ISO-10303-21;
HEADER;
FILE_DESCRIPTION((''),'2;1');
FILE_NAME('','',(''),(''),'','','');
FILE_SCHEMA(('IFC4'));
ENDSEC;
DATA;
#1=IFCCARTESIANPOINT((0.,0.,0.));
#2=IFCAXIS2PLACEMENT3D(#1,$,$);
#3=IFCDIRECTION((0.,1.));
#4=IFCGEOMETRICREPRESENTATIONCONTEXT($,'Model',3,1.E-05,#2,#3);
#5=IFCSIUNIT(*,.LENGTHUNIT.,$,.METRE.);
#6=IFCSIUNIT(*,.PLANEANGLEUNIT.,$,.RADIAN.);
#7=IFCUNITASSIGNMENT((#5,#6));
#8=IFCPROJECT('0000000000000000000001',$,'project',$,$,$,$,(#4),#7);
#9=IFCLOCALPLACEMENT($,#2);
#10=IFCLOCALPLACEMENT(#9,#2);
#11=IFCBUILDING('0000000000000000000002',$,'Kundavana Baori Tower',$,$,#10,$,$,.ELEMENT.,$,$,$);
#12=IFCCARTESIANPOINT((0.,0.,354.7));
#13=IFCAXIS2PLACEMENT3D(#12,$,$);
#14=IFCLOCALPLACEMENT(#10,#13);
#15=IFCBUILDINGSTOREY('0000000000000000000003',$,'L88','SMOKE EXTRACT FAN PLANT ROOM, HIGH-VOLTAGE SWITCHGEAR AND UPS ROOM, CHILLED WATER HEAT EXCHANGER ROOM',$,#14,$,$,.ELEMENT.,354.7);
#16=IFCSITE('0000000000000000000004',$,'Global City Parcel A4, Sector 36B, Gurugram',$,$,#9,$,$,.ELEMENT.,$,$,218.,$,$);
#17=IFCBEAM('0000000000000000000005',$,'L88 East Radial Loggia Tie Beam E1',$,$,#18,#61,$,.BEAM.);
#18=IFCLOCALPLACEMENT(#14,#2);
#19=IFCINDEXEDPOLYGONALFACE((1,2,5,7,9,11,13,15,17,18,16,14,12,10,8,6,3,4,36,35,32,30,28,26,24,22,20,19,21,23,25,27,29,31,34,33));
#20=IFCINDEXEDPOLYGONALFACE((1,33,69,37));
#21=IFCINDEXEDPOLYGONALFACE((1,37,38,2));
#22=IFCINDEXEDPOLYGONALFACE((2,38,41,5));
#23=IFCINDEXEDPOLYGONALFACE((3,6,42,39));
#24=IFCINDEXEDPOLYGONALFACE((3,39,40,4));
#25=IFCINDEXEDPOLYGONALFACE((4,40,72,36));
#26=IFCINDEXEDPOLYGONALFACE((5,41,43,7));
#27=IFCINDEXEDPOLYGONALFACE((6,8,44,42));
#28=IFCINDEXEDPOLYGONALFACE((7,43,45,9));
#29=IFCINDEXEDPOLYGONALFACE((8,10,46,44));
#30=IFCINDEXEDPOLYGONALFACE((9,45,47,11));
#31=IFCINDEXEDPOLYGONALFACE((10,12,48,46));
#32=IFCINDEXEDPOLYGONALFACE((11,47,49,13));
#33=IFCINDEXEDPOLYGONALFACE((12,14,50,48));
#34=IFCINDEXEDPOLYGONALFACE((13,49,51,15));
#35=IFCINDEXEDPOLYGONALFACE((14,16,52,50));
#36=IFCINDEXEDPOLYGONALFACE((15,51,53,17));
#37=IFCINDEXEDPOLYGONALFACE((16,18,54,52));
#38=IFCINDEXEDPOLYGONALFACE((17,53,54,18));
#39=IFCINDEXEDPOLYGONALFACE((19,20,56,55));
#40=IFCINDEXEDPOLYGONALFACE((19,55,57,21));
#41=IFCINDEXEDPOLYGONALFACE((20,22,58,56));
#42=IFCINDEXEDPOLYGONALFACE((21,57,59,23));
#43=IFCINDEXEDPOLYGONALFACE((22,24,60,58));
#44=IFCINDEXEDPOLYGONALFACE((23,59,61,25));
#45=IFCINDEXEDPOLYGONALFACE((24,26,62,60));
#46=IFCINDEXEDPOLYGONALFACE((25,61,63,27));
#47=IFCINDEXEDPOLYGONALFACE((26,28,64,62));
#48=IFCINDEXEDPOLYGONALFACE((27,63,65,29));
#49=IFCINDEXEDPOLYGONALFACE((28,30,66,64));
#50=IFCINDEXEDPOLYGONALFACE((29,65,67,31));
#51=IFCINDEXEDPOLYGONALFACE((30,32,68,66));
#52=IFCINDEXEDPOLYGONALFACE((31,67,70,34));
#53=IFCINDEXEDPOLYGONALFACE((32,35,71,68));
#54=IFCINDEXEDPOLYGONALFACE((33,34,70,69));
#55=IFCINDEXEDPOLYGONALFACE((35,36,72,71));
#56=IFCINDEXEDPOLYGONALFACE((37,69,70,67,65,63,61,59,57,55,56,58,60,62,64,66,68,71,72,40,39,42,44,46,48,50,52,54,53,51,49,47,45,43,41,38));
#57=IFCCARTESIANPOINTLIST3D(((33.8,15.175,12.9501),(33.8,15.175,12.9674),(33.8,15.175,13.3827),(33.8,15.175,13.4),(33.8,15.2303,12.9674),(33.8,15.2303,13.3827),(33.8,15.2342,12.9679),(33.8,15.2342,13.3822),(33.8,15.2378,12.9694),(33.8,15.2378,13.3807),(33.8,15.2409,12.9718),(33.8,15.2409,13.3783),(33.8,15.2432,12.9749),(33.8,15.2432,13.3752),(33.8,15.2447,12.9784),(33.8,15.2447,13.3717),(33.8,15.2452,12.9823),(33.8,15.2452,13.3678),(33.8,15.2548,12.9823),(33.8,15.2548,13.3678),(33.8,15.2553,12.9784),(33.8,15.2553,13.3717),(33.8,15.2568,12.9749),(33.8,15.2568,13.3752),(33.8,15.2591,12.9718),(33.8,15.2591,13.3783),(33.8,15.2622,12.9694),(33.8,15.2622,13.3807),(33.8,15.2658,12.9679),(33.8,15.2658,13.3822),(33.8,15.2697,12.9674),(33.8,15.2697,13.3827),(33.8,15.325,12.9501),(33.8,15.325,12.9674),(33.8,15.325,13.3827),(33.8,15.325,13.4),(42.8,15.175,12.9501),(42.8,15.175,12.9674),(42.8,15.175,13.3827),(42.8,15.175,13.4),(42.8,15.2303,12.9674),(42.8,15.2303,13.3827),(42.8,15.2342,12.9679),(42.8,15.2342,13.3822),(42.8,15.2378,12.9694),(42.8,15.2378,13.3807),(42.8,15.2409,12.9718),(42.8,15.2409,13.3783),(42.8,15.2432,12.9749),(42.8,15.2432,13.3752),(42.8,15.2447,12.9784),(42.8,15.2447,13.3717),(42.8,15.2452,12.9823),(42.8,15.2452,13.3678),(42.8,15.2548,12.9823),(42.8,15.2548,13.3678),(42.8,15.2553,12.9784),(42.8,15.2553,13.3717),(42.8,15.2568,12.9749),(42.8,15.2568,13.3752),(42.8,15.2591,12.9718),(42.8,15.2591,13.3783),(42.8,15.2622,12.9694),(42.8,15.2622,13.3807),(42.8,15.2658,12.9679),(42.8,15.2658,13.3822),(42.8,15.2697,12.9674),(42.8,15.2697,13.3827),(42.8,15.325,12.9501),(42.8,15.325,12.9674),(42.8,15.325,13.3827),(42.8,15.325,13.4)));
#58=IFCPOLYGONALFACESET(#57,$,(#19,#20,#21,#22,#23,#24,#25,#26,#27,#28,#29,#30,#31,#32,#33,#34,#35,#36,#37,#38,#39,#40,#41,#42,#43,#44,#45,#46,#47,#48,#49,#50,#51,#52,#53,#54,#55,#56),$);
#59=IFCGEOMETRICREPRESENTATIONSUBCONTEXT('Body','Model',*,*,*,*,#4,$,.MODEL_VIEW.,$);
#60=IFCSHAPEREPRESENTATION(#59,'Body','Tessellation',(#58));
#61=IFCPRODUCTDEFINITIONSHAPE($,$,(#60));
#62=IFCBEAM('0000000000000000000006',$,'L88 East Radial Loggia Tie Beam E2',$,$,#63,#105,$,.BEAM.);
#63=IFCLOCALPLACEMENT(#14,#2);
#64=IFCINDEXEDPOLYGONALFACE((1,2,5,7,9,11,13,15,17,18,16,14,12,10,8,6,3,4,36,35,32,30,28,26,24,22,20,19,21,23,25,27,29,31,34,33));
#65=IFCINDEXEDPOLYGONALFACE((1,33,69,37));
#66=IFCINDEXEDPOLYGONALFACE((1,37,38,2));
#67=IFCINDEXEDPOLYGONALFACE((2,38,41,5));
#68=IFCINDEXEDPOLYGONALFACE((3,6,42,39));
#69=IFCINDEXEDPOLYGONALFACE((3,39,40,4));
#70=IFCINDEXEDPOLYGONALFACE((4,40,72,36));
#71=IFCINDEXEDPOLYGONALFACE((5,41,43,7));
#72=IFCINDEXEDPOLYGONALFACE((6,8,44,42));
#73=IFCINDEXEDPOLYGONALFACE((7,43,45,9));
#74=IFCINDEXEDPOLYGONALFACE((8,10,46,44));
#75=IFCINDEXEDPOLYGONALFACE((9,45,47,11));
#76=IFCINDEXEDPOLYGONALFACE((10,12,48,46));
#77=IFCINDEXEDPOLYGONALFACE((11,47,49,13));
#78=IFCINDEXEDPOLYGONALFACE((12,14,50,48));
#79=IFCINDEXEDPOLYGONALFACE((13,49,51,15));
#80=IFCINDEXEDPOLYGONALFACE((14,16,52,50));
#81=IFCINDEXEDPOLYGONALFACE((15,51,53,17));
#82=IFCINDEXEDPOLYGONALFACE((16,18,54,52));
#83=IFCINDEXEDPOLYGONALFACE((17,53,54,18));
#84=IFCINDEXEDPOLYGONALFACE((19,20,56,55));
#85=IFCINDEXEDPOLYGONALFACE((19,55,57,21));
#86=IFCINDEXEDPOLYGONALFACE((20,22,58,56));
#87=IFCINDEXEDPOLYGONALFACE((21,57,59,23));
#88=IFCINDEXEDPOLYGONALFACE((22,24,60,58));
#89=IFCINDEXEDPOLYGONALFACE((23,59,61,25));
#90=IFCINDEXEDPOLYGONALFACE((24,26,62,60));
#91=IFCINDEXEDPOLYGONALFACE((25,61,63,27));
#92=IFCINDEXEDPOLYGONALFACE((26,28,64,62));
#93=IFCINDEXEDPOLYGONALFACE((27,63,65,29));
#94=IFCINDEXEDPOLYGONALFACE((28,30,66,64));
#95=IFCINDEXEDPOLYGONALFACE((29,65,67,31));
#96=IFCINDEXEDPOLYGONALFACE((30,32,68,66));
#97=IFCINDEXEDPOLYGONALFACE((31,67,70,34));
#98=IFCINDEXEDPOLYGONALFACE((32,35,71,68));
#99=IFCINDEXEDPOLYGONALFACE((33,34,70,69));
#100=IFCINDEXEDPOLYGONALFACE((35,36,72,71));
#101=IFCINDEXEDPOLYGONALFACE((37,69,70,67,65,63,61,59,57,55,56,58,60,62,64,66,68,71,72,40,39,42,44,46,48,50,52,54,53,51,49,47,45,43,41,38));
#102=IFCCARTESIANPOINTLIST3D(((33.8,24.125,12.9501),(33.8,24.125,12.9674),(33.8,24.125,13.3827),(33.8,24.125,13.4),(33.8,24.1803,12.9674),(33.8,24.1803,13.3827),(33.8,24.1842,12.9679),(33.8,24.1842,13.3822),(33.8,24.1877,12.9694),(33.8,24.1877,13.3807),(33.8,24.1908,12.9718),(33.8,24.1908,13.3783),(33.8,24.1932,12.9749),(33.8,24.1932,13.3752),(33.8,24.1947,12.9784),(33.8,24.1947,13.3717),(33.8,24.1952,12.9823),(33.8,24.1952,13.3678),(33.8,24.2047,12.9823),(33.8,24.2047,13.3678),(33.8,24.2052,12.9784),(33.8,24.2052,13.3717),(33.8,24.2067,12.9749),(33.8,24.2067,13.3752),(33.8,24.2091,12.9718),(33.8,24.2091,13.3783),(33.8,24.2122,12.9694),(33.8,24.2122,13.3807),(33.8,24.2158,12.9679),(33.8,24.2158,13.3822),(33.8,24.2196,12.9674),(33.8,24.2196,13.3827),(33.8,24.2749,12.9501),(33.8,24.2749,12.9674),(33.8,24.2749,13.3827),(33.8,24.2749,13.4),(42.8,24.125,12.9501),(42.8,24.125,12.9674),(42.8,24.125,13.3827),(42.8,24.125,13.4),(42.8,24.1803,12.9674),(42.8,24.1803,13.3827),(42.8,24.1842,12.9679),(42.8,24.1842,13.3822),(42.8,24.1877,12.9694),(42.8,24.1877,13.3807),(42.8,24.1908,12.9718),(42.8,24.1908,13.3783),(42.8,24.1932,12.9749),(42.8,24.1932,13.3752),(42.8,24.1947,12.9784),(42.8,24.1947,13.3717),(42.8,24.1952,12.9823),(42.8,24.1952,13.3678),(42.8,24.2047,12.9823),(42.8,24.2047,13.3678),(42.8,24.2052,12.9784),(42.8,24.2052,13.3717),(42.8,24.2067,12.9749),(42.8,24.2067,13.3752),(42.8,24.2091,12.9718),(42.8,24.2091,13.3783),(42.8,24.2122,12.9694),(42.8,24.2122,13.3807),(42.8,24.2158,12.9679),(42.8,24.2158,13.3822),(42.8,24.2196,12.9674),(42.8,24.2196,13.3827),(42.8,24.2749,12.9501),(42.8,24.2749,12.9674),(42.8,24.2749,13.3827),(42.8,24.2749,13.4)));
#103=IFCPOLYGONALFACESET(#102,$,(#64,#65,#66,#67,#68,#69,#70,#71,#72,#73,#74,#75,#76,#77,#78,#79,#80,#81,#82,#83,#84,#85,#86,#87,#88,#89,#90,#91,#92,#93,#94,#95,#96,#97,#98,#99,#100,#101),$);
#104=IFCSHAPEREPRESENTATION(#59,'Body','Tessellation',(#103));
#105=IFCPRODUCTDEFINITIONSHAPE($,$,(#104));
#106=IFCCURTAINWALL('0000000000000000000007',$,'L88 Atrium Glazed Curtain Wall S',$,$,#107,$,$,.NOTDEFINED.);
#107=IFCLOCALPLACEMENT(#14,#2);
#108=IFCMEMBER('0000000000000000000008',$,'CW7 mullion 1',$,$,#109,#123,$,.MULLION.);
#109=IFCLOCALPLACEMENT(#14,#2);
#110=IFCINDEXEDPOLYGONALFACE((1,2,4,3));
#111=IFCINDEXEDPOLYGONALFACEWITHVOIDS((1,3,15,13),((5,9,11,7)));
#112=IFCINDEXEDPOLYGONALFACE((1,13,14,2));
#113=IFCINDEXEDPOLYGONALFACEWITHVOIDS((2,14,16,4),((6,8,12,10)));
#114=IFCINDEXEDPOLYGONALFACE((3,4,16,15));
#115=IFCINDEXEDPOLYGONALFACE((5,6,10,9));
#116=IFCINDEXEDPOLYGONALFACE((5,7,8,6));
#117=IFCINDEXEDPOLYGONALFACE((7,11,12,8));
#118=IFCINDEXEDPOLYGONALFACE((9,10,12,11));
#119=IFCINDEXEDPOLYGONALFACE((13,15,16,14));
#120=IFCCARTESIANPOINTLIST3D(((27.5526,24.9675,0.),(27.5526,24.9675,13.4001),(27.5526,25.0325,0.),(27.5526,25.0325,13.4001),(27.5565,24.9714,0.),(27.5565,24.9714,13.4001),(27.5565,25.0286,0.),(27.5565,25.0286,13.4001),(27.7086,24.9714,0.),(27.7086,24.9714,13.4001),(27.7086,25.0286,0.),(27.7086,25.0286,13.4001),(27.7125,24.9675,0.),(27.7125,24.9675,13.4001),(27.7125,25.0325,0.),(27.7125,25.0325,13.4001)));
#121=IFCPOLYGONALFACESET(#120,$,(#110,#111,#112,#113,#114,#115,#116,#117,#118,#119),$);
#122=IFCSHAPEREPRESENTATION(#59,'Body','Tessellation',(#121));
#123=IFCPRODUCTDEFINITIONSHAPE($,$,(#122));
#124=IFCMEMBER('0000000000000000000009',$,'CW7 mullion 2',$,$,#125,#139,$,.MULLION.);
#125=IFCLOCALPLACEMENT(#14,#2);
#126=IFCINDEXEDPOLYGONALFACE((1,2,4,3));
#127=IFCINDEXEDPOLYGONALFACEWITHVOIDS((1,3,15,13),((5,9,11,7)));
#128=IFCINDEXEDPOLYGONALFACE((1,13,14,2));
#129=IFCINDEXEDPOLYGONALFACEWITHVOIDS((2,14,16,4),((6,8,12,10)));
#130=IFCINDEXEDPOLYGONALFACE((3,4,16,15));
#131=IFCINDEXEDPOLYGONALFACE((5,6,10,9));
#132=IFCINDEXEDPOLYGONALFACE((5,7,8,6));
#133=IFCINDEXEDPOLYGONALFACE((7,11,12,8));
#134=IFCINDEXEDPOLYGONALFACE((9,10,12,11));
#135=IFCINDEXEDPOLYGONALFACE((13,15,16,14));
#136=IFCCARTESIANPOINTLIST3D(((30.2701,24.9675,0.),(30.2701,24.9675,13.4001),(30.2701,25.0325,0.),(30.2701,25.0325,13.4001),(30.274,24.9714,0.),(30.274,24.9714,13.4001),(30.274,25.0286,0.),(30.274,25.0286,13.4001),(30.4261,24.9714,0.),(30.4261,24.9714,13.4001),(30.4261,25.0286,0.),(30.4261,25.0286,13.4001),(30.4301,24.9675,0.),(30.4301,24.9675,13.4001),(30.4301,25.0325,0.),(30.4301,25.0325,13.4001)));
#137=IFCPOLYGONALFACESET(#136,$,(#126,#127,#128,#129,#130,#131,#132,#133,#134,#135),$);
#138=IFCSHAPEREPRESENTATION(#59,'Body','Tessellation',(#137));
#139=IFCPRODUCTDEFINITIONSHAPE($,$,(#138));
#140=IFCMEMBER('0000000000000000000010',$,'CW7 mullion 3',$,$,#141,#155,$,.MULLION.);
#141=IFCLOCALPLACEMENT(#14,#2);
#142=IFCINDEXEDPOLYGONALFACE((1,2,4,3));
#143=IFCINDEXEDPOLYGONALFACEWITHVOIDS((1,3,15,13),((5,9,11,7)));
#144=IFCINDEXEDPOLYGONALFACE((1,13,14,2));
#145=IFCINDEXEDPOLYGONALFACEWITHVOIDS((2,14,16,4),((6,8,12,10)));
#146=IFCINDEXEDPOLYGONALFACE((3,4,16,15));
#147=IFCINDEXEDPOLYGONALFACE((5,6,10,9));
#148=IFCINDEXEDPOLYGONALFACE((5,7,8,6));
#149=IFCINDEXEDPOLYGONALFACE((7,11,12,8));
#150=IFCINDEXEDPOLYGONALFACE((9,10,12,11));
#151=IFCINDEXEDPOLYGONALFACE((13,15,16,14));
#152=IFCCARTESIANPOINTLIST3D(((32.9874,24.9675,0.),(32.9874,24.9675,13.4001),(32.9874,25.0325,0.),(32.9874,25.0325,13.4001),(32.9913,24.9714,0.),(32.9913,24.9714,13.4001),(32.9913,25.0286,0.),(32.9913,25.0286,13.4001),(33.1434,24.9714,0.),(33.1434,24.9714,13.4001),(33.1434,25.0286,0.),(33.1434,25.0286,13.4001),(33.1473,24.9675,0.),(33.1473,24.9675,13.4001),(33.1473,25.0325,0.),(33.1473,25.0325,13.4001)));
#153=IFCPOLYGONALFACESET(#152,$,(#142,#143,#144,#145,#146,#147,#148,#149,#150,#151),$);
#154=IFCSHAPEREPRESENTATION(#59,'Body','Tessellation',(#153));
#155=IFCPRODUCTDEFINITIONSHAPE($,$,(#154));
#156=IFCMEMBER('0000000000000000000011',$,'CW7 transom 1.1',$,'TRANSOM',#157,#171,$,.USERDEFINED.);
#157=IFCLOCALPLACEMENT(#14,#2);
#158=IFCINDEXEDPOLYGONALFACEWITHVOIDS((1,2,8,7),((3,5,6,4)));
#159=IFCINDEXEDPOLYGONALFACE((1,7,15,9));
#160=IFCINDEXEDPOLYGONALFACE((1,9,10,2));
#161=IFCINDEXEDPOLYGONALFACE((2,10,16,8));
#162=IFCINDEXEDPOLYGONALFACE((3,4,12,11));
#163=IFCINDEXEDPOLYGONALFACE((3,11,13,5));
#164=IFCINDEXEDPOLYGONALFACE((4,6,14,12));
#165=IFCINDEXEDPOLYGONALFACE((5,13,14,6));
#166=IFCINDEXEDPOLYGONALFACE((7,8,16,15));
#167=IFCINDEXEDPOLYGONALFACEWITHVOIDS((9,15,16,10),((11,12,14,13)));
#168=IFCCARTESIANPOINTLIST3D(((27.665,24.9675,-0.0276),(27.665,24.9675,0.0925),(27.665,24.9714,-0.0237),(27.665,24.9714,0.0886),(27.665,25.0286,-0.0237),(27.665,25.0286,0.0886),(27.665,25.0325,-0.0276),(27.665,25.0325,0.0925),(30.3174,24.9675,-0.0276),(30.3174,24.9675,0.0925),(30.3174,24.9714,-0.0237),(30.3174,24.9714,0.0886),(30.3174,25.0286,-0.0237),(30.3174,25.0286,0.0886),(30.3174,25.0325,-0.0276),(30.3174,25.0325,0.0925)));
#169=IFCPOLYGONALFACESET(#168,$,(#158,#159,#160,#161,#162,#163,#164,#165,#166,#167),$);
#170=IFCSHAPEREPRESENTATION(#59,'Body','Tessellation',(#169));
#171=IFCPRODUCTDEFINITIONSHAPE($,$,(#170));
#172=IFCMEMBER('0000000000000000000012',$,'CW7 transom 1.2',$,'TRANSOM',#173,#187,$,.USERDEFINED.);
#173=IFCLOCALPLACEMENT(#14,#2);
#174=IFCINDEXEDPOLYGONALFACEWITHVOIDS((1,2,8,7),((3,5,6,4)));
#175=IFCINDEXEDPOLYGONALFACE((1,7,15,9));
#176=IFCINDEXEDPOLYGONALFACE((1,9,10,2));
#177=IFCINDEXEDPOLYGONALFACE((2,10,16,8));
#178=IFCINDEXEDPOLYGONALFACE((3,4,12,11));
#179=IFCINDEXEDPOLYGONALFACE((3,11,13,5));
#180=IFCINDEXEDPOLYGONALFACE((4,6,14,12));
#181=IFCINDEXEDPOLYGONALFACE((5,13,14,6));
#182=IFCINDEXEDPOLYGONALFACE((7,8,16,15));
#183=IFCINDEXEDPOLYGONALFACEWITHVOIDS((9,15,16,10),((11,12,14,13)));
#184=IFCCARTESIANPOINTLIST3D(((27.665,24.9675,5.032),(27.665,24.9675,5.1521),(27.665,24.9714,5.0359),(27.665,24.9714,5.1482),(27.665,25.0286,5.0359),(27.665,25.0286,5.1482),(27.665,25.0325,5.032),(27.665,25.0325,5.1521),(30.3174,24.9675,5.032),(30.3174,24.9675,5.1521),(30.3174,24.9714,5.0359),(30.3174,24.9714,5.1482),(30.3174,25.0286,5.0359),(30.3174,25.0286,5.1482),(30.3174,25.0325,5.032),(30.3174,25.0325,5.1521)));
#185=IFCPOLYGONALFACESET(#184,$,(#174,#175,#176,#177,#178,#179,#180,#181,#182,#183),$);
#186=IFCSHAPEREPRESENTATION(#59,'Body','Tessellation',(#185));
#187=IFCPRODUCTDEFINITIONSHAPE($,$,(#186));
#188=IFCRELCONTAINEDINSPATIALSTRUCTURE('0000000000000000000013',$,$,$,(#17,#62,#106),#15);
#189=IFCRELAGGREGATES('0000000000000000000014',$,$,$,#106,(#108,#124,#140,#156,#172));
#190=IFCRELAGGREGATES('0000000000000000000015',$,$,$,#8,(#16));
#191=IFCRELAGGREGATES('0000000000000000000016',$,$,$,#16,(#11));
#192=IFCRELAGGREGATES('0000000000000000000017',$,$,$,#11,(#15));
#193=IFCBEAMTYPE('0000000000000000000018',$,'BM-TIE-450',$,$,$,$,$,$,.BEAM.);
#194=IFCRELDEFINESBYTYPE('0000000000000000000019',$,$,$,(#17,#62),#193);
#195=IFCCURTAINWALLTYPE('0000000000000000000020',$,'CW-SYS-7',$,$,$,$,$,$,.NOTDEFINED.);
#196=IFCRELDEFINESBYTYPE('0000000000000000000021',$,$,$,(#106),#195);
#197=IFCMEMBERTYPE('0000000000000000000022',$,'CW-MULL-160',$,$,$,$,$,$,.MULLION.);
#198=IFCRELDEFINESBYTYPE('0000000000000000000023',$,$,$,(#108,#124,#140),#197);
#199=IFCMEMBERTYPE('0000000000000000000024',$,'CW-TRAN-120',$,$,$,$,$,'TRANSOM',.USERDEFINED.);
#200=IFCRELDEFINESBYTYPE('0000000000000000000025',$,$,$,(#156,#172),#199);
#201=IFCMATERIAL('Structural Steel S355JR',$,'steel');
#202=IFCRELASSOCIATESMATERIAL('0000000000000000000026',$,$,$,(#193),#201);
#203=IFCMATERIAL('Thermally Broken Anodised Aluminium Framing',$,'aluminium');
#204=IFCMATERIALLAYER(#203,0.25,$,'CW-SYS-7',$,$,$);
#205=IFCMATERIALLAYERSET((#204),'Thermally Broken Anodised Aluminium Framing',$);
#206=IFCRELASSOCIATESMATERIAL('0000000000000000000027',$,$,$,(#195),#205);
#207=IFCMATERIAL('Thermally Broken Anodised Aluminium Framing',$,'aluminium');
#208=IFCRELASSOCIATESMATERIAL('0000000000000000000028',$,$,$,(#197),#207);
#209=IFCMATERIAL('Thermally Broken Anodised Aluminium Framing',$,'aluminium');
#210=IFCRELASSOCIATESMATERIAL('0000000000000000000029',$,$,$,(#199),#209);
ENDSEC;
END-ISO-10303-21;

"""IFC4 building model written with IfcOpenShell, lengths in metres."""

from ifc_helpers import new_model, si_unit, direction, frame, origin, origin_2d, place, context, subcontext, project, spatial, hollow_rectangle, i_section, extrude, material, layer, layer_set, material_profile, profile_set, type_object, element, aggregate, save


model = new_model("IFC4")

# Units and contexts
model_context = context("Model", 3, precision=1e-05, world=origin(), true_north=direction((0.0, 1.0)))
body_context = subcontext(model_context, "Body", "Model", "MODEL_VIEW")
ifc_project = project(units=[si_unit("LENGTHUNIT", "METRE"), si_unit("PLANEANGLEUNIT", "RADIAN")], contexts=[model_context])

# Site, building, storey
site_placement = place(None, origin())
site = spatial("IfcSite", under=ifc_project, at=site_placement, Name="Global City Parcel A4, Sector 36B, Gurugram", CompositionType="ELEMENT", RefElevation=218.0)
building_placement = place(site_placement, origin())
building = spatial("IfcBuilding", under=site, at=building_placement, Name="Kundavana Baori Tower", CompositionType="ELEMENT")
storey_placement = place(building_placement, frame((0.0, 0.0, 354.7)))
storey = spatial("IfcBuildingStorey", under=building, at=storey_placement, Name="L88", Description="SMOKE EXTRACT FAN PLANT ROOM, HIGH-VOLTAGE SWITCHGEAR AND UPS ROOM, CHILLED WATER HEAT EXCHANGER ROOM", CompositionType="ELEMENT", Elevation=354.7)

# Beams
ifc_material_1 = material(Name="Structural Steel S355JR", Category="steel")
ifc_material_profile_1 = material_profile(ifc_material_1, i_section(OverallWidth=0.1499, OverallDepth=0.45, WebThickness=0.0095, FlangeThickness=0.0173, FilletRadius=0.0149, at=origin_2d()), Name="ISMB 450")
ifc_profile_set_1 = profile_set([ifc_material_profile_1], Name="Structural Steel S355JR")
beam_type_1 = type_object("IfcBeamType", Name="BM-TIE-450", PredefinedType="BEAM", material=ifc_profile_set_1)
for number, where, z_axis, x_axis, name in (
    (1, (33.8, 15.25, 13.175), (1.0, 0.0, 0.0), (0.0, 1.0, 0.0), "L88 East Radial Loggia Tie Beam E1"),
    (2, (33.8, 24.2, 13.175), (1.0, 0.0, 0.0), (0.0, 1.0, 0.0), "L88 East Radial Loggia Tie Beam E2"),
):
    element("IfcBeam", number, at=place(storey_placement, frame(where, z_axis=z_axis, x_axis=x_axis)), inside=storey, type_object=beam_type_1, Name=name, PredefinedType="BEAM", context=body_context, shape_type="SweptSolid", body=[
        extrude(i_section(OverallWidth=0.1499, OverallDepth=0.45, WebThickness=0.0095, FlangeThickness=0.0173, FilletRadius=0.0149, at=origin_2d()), origin(), (0.0, 0.0, 1.0), 9.0),
    ])

# Curtain wall, members
ifc_material_2 = material(Name="Thermally Broken Anodised Aluminium Framing", Category="aluminium")
ifc_layer_1 = layer(ifc_material_2, 0.25, Name="CW-SYS-7")
ifc_layer_set_1 = layer_set([ifc_layer_1], Name="Thermally Broken Anodised Aluminium Framing")
curtain_wall_type = type_object("IfcCurtainWallType", Name="CW-SYS-7", PredefinedType="NOTDEFINED", material=ifc_layer_set_1)
curtain_wall_placement = place(storey_placement, origin())
curtain_wall = element("IfcCurtainWall", 3, at=curtain_wall_placement, inside=storey, type_object=curtain_wall_type, Name="L88 Atrium Glazed Curtain Wall S", PredefinedType="NOTDEFINED")
ifc_material_3 = material(Name="Thermally Broken Anodised Aluminium Framing", Category="aluminium")
ifc_material_profile_2 = material_profile(ifc_material_3, hollow_rectangle(XDim=0.0649, YDim=0.1599, WallThickness=0.0039, at=origin_2d()), Name="CW-MULL-160")
ifc_profile_set_2 = profile_set([ifc_material_profile_2], Name="Thermally Broken Anodised Aluminium Framing")
member_type_1 = type_object("IfcMemberType", Name="CW-MULL-160", PredefinedType="MULLION", material=ifc_profile_set_2)
member_1_placement = place(storey_placement, frame((27.6326, 25.0, 0.0), z_axis=(0.0, 0.0, 1.0), x_axis=(0.0, 1.0, 0.0)))
member_1 = element("IfcMember", 4, at=member_1_placement, type_object=member_type_1, Name="CW7 mullion 1", PredefinedType="MULLION", context=body_context, shape_type="SweptSolid", body=[
    extrude(hollow_rectangle(XDim=0.0649, YDim=0.1599, WallThickness=0.0039, at=origin_2d()), origin(), (0.0, 0.0, 1.0), 13.4001),
])
member_2_placement = place(storey_placement, frame((30.3501, 25.0, 0.0), z_axis=(0.0, 0.0, 1.0), x_axis=(0.0, 1.0, 0.0)))
member_2 = element("IfcMember", 5, at=member_2_placement, type_object=member_type_1, Name="CW7 mullion 2", PredefinedType="MULLION", context=body_context, shape_type="SweptSolid", body=[
    extrude(hollow_rectangle(XDim=0.0649, YDim=0.1599, WallThickness=0.0039, at=origin_2d()), origin(), (0.0, 0.0, 1.0), 13.4001),
])
member_3_placement = place(storey_placement, frame((33.0674, 25.0, 0.0), z_axis=(0.0, 0.0, 1.0), x_axis=(0.0, 1.0, 0.0)))
member_3 = element("IfcMember", 6, at=member_3_placement, type_object=member_type_1, Name="CW7 mullion 3", PredefinedType="MULLION", context=body_context, shape_type="SweptSolid", body=[
    extrude(hollow_rectangle(XDim=0.0649, YDim=0.1599, WallThickness=0.0039, at=origin_2d()), origin(), (0.0, 0.0, 1.0), 13.4001),
])
ifc_material_4 = material(Name="Thermally Broken Anodised Aluminium Framing", Category="aluminium")
ifc_material_profile_3 = material_profile(ifc_material_4, hollow_rectangle(XDim=0.0649, YDim=0.1201, WallThickness=0.0039, at=origin_2d()), Name="CW-TRAN-120")
ifc_profile_set_3 = profile_set([ifc_material_profile_3], Name="Thermally Broken Anodised Aluminium Framing")
member_type_2 = type_object("IfcMemberType", Name="CW-TRAN-120", ElementType="TRANSOM", PredefinedType="USERDEFINED", material=ifc_profile_set_3)
member_4_placement = place(storey_placement, frame((27.665, 25.0, 0.0325), z_axis=(1.0, 0.0, 0.0), x_axis=(0.0, 1.0, 0.0)))
member_4 = element("IfcMember", 7, at=member_4_placement, type_object=member_type_2, Name="CW7 transom 1.1", ObjectType="TRANSOM", PredefinedType="USERDEFINED", context=body_context, shape_type="SweptSolid", body=[
    extrude(hollow_rectangle(XDim=0.0649, YDim=0.1201, WallThickness=0.0039, at=origin_2d()), origin(), (0.0, 0.0, 1.0), 2.6523),
])
member_5_placement = place(storey_placement, frame((27.665, 25.0, 5.092), z_axis=(1.0, 0.0, 0.0), x_axis=(0.0, 1.0, 0.0)))
member_5 = element("IfcMember", 8, at=member_5_placement, type_object=member_type_2, Name="CW7 transom 1.2", ObjectType="TRANSOM", PredefinedType="USERDEFINED", context=body_context, shape_type="SweptSolid", body=[
    extrude(hollow_rectangle(XDim=0.0649, YDim=0.1201, WallThickness=0.0039, at=origin_2d()), origin(), (0.0, 0.0, 1.0), 2.6523),
])
aggregate(curtain_wall, [member_1, member_2, member_3, member_4, member_5])

save(model, "model.ifc")
